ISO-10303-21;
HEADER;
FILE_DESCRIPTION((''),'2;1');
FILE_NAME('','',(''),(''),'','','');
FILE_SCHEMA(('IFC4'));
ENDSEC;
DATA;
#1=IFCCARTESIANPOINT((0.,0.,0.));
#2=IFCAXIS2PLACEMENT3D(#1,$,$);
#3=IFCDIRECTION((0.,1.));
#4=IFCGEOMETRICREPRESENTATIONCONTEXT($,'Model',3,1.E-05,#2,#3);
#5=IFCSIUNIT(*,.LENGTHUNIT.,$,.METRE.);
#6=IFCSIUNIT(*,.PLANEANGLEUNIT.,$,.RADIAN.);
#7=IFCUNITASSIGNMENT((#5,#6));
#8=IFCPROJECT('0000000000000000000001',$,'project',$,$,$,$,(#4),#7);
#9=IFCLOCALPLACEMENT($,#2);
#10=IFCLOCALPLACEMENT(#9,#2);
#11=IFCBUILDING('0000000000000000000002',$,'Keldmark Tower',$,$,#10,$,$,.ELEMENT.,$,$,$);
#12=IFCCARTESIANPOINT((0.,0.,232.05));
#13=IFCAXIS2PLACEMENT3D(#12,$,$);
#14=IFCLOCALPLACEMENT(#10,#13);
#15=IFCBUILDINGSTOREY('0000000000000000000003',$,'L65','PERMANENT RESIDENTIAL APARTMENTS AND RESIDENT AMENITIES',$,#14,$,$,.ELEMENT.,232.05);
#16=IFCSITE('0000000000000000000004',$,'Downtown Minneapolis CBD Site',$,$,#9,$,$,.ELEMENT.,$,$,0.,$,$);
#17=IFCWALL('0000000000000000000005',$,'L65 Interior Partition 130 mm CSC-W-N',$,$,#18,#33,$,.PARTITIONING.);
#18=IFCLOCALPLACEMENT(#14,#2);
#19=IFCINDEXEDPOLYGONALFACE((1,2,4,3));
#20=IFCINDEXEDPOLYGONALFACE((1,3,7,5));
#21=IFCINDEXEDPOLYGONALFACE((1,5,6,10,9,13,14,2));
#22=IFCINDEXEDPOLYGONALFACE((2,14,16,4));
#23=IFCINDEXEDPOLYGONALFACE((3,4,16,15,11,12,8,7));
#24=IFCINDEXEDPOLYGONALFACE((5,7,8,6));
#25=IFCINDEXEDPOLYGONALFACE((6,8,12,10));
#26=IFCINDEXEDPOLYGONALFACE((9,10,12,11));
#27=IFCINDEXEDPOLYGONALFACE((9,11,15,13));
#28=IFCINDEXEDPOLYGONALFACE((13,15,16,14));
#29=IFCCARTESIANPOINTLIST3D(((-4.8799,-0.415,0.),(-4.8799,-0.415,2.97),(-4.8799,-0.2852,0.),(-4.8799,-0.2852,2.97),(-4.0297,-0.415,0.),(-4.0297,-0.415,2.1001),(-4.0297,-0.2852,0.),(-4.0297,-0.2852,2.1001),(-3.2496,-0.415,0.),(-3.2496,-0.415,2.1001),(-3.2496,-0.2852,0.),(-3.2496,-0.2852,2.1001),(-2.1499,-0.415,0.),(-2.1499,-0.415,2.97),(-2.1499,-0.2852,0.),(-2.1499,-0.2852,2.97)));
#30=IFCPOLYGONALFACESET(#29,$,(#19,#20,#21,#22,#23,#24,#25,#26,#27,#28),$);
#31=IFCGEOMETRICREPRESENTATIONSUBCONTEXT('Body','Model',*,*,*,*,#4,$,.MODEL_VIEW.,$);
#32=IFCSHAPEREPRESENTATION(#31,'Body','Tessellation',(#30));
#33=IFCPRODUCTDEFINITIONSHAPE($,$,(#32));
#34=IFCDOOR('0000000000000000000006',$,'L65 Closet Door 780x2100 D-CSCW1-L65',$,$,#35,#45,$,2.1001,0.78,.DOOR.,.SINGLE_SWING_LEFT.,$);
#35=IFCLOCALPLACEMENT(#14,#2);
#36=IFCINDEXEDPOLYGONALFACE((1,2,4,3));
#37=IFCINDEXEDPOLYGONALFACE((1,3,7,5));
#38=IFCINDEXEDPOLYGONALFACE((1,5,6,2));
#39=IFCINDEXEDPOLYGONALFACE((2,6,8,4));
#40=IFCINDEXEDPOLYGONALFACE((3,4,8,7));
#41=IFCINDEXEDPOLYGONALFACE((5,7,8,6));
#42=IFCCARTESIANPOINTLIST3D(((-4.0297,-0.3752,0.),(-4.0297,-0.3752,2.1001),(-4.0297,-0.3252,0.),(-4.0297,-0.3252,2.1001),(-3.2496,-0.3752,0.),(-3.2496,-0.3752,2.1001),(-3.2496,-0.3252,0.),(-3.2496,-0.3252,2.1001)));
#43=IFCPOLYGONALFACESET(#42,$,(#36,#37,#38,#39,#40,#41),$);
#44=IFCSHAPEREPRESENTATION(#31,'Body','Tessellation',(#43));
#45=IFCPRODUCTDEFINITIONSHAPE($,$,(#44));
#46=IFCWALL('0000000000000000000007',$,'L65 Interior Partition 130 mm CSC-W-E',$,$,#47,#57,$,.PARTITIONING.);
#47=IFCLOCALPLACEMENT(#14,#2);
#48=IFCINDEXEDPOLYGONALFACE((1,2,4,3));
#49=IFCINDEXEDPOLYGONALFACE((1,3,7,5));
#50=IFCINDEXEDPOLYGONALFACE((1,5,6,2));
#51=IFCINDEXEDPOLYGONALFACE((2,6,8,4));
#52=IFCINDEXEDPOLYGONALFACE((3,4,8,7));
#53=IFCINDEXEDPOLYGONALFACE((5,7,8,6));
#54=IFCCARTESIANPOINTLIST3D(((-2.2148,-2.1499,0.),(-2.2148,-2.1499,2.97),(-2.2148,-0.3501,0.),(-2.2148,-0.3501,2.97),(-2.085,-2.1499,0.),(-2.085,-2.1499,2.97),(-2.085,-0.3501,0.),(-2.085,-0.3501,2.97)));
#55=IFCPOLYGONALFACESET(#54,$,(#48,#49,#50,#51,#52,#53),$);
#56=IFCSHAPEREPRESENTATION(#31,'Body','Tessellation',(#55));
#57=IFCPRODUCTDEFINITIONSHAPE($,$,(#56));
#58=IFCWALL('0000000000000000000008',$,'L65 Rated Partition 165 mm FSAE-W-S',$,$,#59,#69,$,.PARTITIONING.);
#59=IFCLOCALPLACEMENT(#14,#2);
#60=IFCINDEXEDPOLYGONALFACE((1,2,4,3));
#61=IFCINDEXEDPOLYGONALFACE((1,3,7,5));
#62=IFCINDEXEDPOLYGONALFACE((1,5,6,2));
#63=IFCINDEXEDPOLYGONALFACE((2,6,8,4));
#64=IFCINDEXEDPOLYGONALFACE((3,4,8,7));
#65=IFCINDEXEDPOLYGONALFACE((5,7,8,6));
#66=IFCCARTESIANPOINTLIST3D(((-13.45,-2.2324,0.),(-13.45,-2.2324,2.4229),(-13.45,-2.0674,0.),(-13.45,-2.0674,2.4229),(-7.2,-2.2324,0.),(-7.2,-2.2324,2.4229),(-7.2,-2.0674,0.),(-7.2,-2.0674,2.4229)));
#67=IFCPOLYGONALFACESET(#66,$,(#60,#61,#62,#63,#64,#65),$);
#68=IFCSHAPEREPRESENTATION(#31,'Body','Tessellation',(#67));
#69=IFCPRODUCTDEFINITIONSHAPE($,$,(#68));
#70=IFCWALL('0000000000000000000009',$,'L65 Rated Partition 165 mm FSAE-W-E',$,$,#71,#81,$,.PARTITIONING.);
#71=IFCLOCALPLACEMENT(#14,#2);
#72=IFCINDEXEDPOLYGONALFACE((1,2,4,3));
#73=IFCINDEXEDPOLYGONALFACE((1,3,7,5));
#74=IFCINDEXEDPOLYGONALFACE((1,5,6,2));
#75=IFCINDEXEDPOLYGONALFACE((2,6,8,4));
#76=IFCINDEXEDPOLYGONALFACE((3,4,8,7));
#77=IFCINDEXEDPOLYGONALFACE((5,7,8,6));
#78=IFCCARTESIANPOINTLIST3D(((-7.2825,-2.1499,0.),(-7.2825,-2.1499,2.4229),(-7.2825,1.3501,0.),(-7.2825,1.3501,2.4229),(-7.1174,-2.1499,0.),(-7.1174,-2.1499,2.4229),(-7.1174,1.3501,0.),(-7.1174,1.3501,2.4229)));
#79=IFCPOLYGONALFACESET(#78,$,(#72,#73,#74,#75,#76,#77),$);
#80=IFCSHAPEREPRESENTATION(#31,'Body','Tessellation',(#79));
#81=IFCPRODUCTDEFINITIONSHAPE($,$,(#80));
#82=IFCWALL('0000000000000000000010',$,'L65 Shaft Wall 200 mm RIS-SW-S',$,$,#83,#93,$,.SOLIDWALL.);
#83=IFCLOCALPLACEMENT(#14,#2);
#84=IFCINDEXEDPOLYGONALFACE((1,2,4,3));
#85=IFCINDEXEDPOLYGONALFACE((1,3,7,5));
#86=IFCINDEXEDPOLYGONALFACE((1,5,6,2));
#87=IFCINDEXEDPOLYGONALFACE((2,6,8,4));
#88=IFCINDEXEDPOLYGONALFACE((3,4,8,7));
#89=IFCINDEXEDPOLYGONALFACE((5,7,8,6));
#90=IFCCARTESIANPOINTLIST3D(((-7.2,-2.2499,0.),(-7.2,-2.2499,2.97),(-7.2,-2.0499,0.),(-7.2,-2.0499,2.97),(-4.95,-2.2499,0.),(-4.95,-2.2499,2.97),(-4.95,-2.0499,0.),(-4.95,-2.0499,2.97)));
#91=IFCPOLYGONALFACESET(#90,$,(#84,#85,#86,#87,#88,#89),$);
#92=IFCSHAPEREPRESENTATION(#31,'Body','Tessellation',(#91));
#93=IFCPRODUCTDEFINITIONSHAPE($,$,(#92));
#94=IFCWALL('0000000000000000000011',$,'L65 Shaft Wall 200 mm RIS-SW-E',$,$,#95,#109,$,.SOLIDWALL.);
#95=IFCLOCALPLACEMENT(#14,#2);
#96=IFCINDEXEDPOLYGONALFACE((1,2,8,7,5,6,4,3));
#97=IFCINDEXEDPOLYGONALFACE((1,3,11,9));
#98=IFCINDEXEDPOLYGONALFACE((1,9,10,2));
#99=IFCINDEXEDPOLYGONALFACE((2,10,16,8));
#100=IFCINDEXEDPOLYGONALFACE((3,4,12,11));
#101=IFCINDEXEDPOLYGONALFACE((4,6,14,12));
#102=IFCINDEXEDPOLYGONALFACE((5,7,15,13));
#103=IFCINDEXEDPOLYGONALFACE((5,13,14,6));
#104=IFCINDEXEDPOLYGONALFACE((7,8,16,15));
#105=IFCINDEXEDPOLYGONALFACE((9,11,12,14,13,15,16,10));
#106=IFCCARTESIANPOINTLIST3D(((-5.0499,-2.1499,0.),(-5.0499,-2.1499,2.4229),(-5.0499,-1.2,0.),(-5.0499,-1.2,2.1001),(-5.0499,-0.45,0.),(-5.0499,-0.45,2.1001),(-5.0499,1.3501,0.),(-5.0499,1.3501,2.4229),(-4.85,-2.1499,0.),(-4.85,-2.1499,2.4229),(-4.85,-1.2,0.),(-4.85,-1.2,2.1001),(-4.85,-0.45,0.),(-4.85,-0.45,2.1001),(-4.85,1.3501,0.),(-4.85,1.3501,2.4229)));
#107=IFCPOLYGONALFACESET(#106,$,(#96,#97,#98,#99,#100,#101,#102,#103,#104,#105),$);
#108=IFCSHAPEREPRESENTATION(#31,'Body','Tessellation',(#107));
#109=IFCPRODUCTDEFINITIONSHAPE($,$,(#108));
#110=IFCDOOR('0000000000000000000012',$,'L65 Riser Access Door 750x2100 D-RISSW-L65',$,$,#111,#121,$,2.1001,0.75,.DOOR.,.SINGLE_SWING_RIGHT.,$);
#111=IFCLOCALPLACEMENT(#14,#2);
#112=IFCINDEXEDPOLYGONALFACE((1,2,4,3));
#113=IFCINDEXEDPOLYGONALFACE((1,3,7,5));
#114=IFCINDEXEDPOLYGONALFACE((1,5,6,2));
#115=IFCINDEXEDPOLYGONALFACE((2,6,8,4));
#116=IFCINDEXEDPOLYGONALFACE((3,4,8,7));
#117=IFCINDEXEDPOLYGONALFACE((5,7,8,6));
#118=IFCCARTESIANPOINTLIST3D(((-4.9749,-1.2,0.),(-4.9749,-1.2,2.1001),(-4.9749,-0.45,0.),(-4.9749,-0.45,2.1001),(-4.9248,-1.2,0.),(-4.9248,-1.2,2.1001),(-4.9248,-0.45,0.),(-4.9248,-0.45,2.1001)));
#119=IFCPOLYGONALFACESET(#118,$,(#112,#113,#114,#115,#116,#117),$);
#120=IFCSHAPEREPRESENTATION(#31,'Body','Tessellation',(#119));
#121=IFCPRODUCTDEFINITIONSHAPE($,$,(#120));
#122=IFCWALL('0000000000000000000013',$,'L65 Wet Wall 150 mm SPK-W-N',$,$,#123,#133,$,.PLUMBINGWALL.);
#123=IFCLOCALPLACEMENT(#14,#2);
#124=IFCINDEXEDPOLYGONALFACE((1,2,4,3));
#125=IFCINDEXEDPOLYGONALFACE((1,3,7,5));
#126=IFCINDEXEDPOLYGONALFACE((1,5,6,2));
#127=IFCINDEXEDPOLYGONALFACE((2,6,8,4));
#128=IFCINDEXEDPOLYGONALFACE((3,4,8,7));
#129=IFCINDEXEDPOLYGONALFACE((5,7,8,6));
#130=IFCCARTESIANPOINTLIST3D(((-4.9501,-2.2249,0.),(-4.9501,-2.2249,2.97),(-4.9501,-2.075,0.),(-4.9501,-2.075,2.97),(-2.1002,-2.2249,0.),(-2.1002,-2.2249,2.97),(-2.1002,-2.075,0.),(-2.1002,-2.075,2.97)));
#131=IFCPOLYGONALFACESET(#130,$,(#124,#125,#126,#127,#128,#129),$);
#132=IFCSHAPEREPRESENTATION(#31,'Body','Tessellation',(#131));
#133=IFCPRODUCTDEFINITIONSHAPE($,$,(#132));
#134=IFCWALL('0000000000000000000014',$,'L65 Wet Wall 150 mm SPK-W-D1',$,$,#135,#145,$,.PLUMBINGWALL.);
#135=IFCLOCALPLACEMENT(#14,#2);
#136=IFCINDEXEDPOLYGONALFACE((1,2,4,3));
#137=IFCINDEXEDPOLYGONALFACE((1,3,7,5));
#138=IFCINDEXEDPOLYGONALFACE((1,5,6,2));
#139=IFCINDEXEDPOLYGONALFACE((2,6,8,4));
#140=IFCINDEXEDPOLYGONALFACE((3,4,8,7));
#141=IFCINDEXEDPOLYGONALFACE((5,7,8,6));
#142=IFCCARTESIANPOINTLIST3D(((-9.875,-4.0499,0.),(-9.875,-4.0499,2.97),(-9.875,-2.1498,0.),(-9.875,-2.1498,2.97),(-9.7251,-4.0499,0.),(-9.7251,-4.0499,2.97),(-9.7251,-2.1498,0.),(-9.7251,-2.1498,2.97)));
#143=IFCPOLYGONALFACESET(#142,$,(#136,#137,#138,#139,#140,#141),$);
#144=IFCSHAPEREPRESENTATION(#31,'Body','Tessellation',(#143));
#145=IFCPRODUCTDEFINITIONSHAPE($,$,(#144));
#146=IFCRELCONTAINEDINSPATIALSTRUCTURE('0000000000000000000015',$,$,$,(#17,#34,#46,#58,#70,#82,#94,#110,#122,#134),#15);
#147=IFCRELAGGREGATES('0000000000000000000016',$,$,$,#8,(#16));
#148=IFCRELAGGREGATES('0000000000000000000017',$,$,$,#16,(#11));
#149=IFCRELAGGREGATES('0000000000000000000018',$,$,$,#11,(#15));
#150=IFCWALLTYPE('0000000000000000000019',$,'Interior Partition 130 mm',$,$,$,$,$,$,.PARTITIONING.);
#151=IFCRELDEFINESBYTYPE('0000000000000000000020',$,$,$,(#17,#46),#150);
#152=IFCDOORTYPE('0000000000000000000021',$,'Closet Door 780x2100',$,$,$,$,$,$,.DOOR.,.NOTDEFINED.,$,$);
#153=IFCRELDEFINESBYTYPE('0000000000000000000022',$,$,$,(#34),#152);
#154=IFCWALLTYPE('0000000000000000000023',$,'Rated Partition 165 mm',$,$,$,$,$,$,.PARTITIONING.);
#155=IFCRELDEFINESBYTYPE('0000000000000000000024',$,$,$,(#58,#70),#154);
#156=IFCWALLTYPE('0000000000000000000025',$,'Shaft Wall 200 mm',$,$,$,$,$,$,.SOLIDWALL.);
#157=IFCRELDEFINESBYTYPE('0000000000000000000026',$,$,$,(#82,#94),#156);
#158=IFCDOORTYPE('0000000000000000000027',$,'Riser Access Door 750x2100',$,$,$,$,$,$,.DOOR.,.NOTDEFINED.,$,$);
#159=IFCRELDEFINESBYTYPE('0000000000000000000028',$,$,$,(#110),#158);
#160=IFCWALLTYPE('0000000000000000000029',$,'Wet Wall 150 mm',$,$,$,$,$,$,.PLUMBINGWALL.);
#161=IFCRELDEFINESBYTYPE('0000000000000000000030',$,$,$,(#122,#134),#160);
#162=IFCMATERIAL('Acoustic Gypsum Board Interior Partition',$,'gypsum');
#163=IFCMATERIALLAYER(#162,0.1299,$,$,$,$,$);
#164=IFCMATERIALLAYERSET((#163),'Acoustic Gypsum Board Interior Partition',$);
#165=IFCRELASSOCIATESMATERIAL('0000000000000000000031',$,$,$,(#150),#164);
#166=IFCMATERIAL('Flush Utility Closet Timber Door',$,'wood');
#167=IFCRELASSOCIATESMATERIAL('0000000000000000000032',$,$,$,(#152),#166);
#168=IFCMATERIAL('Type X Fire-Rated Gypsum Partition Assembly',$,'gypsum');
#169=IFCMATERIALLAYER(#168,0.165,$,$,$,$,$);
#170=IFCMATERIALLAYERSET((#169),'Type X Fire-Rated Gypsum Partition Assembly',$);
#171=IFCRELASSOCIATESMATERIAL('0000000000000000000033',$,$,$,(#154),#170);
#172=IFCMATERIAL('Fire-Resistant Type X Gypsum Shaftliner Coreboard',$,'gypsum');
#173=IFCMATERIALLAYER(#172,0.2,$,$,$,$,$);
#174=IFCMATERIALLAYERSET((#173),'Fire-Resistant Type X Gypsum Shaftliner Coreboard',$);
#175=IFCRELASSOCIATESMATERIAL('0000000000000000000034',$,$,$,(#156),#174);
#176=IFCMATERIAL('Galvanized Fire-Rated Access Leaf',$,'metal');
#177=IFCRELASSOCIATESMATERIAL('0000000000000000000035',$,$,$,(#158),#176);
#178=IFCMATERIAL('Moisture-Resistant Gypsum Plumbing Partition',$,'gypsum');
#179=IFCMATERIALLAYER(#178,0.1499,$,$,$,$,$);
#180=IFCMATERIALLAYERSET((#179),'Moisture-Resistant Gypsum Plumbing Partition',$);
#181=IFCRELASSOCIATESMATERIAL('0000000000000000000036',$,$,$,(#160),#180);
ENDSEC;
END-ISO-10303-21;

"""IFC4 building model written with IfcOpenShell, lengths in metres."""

from ifc_helpers import new_model, si_unit, direction, frame, frame_2d, origin, place, context, subcontext, project, spatial, rectangle, extrude, material, layer, layer_set, type_object, element, fill, save


model = new_model("IFC4")

# Units and contexts
model_context = context("Model", 3, precision=1e-05, world=origin(), true_north=direction((0.0, 1.0)))
body_context = subcontext(model_context, "Body", "Model", "MODEL_VIEW")
ifc_project = project(units=[si_unit("LENGTHUNIT", "METRE"), si_unit("PLANEANGLEUNIT", "RADIAN")], contexts=[model_context])

# Site, building, storey
site_placement = place(None, origin())
site = spatial("IfcSite", under=ifc_project, at=site_placement, Name="Downtown Minneapolis CBD Site", CompositionType="ELEMENT", RefElevation=0.0)
building_placement = place(site_placement, origin())
building = spatial("IfcBuilding", under=site, at=building_placement, Name="Keldmark Tower", CompositionType="ELEMENT")
storey_placement = place(building_placement, frame((0.0, 0.0, 232.05)))
storey = spatial("IfcBuildingStorey", under=building, at=storey_placement, Name="L65", Description="PERMANENT RESIDENTIAL APARTMENTS AND RESIDENT AMENITIES", CompositionType="ELEMENT", Elevation=232.05)

# Wall, opening, door
ifc_material_1 = material(Name="Acoustic Gypsum Board Interior Partition", Category="gypsum")
ifc_layer_1 = layer(ifc_material_1, 0.1299)
ifc_layer_set_1 = layer_set([ifc_layer_1], Name="Acoustic Gypsum Board Interior Partition")
wall_type_1 = type_object("IfcWallType", Name="Interior Partition 130 mm", PredefinedType="PARTITIONING", material=ifc_layer_set_1)
wall_1_placement = place(storey_placement, frame((-4.8799, -0.3501, 0.0), z_axis=(0.0, 0.0, 1.0), x_axis=(1.0, 0.0, 0.0)))
wall_1 = element("IfcWall", 1, at=wall_1_placement, inside=storey, type_object=wall_type_1, Name="L65 Interior Partition 130 mm CSC-W-N", PredefinedType="PARTITIONING", context=body_context, shape_type="SweptSolid", body=[
    extrude(rectangle(XDim=2.73, YDim=0.1299, at=frame_2d((1.365, 0.0))), origin(), (0.0, 0.0, 1.0), 2.97),
])
opening_1_placement = place(wall_1_placement, frame((0.8501, 0.0, 0.0)))
opening_1 = element("IfcOpeningElement", 2, at=opening_1_placement, cuts=wall_1, PredefinedType="OPENING", context=body_context, shape_type="SweptSolid", body=[
    extrude(rectangle(XDim=0.78, YDim=2.1001, at=frame_2d((0.3901, 1.05))), frame((0.0, 0.075, 0.0), z_axis=(0.0, -1.0, 0.0), x_axis=(1.0, 0.0, 0.0)), (0.0, 0.0, 1.0), 0.1499),
])
ifc_material_2 = material(Name="Flush Utility Closet Timber Door", Category="wood")
door_type_1 = type_object("IfcDoorType", Name="Closet Door 780x2100", OperationType="NOTDEFINED", PredefinedType="DOOR", material=ifc_material_2)
door_1_placement = place(opening_1_placement, origin())
door_1 = element("IfcDoor", 3, at=door_1_placement, inside=storey, type_object=door_type_1, Name="L65 Closet Door 780x2100 D-CSCW1-L65", OperationType="SINGLE_SWING_LEFT", OverallHeight=2.1001, OverallWidth=0.78, PredefinedType="DOOR", context=body_context, shape_type="SweptSolid", body=[
    extrude(rectangle(XDim=0.78, YDim=2.1001, at=frame_2d((0.3901, 1.05))), frame((0.0, 0.0249, 0.0), z_axis=(0.0, -1.0, 0.0), x_axis=(1.0, 0.0, 0.0)), (0.0, 0.0, 1.0), 0.05),
])
fill(opening_1, door_1)

# Walls
wall_2_placement = place(storey_placement, frame((-2.1499, -2.1499, 0.0), z_axis=(0.0, 0.0, 1.0), x_axis=(0.0, 1.0, 0.0)))
element("IfcWall", 4, at=wall_2_placement, inside=storey, type_object=wall_type_1, Name="L65 Interior Partition 130 mm CSC-W-E", PredefinedType="PARTITIONING", context=body_context, shape_type="SweptSolid", body=[
    extrude(rectangle(XDim=1.7998, YDim=0.1299, at=frame_2d((0.8999, 0.0))), origin(), (0.0, 0.0, 1.0), 2.97),
])
ifc_material_3 = material(Name="Type X Fire-Rated Gypsum Partition Assembly", Category="gypsum")
ifc_layer_2 = layer(ifc_material_3, 0.165)
ifc_layer_set_2 = layer_set([ifc_layer_2], Name="Type X Fire-Rated Gypsum Partition Assembly")
wall_type_2 = type_object("IfcWallType", Name="Rated Partition 165 mm", PredefinedType="PARTITIONING", material=ifc_layer_set_2)
wall_3_placement = place(storey_placement, frame((-13.45, -2.1499, 0.0), z_axis=(0.0, 0.0, 1.0), x_axis=(1.0, 0.0, 0.0)))
element("IfcWall", 5, at=wall_3_placement, inside=storey, type_object=wall_type_2, Name="L65 Rated Partition 165 mm FSAE-W-S", PredefinedType="PARTITIONING", context=body_context, shape_type="SweptSolid", body=[
    extrude(rectangle(XDim=6.25, YDim=0.165, at=frame_2d((3.125, 0.0))), origin(), (0.0, 0.0, 1.0), 2.4229),
])

# Walls
wall_4_placement = place(storey_placement, frame((-7.2, -2.1499, 0.0), z_axis=(0.0, 0.0, 1.0), x_axis=(0.0, 1.0, 0.0)))
element("IfcWall", 6, at=wall_4_placement, inside=storey, type_object=wall_type_2, Name="L65 Rated Partition 165 mm FSAE-W-E", PredefinedType="PARTITIONING", context=body_context, shape_type="SweptSolid", body=[
    extrude(rectangle(XDim=3.5, YDim=0.165, at=frame_2d((1.75, 0.0))), origin(), (0.0, 0.0, 1.0), 2.4229),
])
ifc_material_4 = material(Name="Fire-Resistant Type X Gypsum Shaftliner Coreboard", Category="gypsum")
ifc_layer_3 = layer(ifc_material_4, 0.2)
ifc_layer_set_3 = layer_set([ifc_layer_3], Name="Fire-Resistant Type X Gypsum Shaftliner Coreboard")
wall_type_3 = type_object("IfcWallType", Name="Shaft Wall 200 mm", PredefinedType="SOLIDWALL", material=ifc_layer_set_3)
wall_5_placement = place(storey_placement, frame((-7.2, -2.1499, 0.0), z_axis=(0.0, 0.0, 1.0), x_axis=(1.0, 0.0, 0.0)))
element("IfcWall", 7, at=wall_5_placement, inside=storey, type_object=wall_type_3, Name="L65 Shaft Wall 200 mm RIS-SW-S", PredefinedType="SOLIDWALL", context=body_context, shape_type="SweptSolid", body=[
    extrude(rectangle(XDim=2.25, YDim=0.2, at=frame_2d((1.125, 0.0))), origin(), (0.0, 0.0, 1.0), 2.97),
])

# Wall, opening, door
wall_6_placement = place(storey_placement, frame((-4.95, -2.1499, 0.0), z_axis=(0.0, 0.0, 1.0), x_axis=(0.0, 1.0, 0.0)))
wall_6 = element("IfcWall", 8, at=wall_6_placement, inside=storey, type_object=wall_type_3, Name="L65 Shaft Wall 200 mm RIS-SW-E", PredefinedType="SOLIDWALL", context=body_context, shape_type="SweptSolid", body=[
    extrude(rectangle(XDim=3.5, YDim=0.2, at=frame_2d((1.75, 0.0))), origin(), (0.0, 0.0, 1.0), 2.4229),
])
opening_2_placement = place(wall_6_placement, frame((0.95, 0.0, 0.0)))
opening_2 = element("IfcOpeningElement", 9, at=opening_2_placement, cuts=wall_6, PredefinedType="OPENING", context=body_context, shape_type="SweptSolid", body=[
    extrude(rectangle(XDim=0.75, YDim=2.1001, at=frame_2d((0.375, 1.05))), frame((0.0, 0.1099, 0.0), z_axis=(0.0, -1.0, 0.0), x_axis=(1.0, 0.0, 0.0)), (0.0, 0.0, 1.0), 0.22),
])
ifc_material_5 = material(Name="Galvanized Fire-Rated Access Leaf", Category="metal")
door_type_2 = type_object("IfcDoorType", Name="Riser Access Door 750x2100", OperationType="NOTDEFINED", PredefinedType="DOOR", material=ifc_material_5)
door_2_placement = place(opening_2_placement, origin())
door_2 = element("IfcDoor", 10, at=door_2_placement, inside=storey, type_object=door_type_2, Name="L65 Riser Access Door 750x2100 D-RISSW-L65", OperationType="SINGLE_SWING_RIGHT", OverallHeight=2.1001, OverallWidth=0.75, PredefinedType="DOOR", context=body_context, shape_type="SweptSolid", body=[
    extrude(rectangle(XDim=0.75, YDim=2.1001, at=frame_2d((0.375, 1.05))), frame((0.0, 0.0249, 0.0), z_axis=(0.0, -1.0, 0.0), x_axis=(1.0, 0.0, 0.0)), (0.0, 0.0, 1.0), 0.05),
])
fill(opening_2, door_2)

# Walls
ifc_material_6 = material(Name="Moisture-Resistant Gypsum Plumbing Partition", Category="gypsum")
ifc_layer_4 = layer(ifc_material_6, 0.1499)
ifc_layer_set_4 = layer_set([ifc_layer_4], Name="Moisture-Resistant Gypsum Plumbing Partition")
wall_type_4 = type_object("IfcWallType", Name="Wet Wall 150 mm", PredefinedType="PLUMBINGWALL", material=ifc_layer_set_4)
wall_7_placement = place(storey_placement, frame((-4.95, -2.1499, 0.0), z_axis=(0.0, 0.0, 1.0), x_axis=(1.0, 0.0, 0.0)))
element("IfcWall", 11, at=wall_7_placement, inside=storey, type_object=wall_type_4, Name="L65 Wet Wall 150 mm SPK-W-N", PredefinedType="PLUMBINGWALL", context=body_context, shape_type="SweptSolid", body=[
    extrude(rectangle(XDim=2.8499, YDim=0.1499, at=frame_2d((1.4248, 0.0))), origin(), (0.0, 0.0, 1.0), 2.97),
])
wall_8_placement = place(storey_placement, frame((-9.8, -4.05, 0.0), z_axis=(0.0, 0.0, 1.0), x_axis=(0.0, 1.0, 0.0)))
element("IfcWall", 12, at=wall_8_placement, inside=storey, type_object=wall_type_4, Name="L65 Wet Wall 150 mm SPK-W-D1", PredefinedType="PLUMBINGWALL", context=body_context, shape_type="SweptSolid", body=[
    extrude(rectangle(XDim=1.9001, YDim=0.1499, at=frame_2d((0.9502, 0.0))), origin(), (0.0, 0.0, 1.0), 2.97),
])

save(model, "model.ifc")
